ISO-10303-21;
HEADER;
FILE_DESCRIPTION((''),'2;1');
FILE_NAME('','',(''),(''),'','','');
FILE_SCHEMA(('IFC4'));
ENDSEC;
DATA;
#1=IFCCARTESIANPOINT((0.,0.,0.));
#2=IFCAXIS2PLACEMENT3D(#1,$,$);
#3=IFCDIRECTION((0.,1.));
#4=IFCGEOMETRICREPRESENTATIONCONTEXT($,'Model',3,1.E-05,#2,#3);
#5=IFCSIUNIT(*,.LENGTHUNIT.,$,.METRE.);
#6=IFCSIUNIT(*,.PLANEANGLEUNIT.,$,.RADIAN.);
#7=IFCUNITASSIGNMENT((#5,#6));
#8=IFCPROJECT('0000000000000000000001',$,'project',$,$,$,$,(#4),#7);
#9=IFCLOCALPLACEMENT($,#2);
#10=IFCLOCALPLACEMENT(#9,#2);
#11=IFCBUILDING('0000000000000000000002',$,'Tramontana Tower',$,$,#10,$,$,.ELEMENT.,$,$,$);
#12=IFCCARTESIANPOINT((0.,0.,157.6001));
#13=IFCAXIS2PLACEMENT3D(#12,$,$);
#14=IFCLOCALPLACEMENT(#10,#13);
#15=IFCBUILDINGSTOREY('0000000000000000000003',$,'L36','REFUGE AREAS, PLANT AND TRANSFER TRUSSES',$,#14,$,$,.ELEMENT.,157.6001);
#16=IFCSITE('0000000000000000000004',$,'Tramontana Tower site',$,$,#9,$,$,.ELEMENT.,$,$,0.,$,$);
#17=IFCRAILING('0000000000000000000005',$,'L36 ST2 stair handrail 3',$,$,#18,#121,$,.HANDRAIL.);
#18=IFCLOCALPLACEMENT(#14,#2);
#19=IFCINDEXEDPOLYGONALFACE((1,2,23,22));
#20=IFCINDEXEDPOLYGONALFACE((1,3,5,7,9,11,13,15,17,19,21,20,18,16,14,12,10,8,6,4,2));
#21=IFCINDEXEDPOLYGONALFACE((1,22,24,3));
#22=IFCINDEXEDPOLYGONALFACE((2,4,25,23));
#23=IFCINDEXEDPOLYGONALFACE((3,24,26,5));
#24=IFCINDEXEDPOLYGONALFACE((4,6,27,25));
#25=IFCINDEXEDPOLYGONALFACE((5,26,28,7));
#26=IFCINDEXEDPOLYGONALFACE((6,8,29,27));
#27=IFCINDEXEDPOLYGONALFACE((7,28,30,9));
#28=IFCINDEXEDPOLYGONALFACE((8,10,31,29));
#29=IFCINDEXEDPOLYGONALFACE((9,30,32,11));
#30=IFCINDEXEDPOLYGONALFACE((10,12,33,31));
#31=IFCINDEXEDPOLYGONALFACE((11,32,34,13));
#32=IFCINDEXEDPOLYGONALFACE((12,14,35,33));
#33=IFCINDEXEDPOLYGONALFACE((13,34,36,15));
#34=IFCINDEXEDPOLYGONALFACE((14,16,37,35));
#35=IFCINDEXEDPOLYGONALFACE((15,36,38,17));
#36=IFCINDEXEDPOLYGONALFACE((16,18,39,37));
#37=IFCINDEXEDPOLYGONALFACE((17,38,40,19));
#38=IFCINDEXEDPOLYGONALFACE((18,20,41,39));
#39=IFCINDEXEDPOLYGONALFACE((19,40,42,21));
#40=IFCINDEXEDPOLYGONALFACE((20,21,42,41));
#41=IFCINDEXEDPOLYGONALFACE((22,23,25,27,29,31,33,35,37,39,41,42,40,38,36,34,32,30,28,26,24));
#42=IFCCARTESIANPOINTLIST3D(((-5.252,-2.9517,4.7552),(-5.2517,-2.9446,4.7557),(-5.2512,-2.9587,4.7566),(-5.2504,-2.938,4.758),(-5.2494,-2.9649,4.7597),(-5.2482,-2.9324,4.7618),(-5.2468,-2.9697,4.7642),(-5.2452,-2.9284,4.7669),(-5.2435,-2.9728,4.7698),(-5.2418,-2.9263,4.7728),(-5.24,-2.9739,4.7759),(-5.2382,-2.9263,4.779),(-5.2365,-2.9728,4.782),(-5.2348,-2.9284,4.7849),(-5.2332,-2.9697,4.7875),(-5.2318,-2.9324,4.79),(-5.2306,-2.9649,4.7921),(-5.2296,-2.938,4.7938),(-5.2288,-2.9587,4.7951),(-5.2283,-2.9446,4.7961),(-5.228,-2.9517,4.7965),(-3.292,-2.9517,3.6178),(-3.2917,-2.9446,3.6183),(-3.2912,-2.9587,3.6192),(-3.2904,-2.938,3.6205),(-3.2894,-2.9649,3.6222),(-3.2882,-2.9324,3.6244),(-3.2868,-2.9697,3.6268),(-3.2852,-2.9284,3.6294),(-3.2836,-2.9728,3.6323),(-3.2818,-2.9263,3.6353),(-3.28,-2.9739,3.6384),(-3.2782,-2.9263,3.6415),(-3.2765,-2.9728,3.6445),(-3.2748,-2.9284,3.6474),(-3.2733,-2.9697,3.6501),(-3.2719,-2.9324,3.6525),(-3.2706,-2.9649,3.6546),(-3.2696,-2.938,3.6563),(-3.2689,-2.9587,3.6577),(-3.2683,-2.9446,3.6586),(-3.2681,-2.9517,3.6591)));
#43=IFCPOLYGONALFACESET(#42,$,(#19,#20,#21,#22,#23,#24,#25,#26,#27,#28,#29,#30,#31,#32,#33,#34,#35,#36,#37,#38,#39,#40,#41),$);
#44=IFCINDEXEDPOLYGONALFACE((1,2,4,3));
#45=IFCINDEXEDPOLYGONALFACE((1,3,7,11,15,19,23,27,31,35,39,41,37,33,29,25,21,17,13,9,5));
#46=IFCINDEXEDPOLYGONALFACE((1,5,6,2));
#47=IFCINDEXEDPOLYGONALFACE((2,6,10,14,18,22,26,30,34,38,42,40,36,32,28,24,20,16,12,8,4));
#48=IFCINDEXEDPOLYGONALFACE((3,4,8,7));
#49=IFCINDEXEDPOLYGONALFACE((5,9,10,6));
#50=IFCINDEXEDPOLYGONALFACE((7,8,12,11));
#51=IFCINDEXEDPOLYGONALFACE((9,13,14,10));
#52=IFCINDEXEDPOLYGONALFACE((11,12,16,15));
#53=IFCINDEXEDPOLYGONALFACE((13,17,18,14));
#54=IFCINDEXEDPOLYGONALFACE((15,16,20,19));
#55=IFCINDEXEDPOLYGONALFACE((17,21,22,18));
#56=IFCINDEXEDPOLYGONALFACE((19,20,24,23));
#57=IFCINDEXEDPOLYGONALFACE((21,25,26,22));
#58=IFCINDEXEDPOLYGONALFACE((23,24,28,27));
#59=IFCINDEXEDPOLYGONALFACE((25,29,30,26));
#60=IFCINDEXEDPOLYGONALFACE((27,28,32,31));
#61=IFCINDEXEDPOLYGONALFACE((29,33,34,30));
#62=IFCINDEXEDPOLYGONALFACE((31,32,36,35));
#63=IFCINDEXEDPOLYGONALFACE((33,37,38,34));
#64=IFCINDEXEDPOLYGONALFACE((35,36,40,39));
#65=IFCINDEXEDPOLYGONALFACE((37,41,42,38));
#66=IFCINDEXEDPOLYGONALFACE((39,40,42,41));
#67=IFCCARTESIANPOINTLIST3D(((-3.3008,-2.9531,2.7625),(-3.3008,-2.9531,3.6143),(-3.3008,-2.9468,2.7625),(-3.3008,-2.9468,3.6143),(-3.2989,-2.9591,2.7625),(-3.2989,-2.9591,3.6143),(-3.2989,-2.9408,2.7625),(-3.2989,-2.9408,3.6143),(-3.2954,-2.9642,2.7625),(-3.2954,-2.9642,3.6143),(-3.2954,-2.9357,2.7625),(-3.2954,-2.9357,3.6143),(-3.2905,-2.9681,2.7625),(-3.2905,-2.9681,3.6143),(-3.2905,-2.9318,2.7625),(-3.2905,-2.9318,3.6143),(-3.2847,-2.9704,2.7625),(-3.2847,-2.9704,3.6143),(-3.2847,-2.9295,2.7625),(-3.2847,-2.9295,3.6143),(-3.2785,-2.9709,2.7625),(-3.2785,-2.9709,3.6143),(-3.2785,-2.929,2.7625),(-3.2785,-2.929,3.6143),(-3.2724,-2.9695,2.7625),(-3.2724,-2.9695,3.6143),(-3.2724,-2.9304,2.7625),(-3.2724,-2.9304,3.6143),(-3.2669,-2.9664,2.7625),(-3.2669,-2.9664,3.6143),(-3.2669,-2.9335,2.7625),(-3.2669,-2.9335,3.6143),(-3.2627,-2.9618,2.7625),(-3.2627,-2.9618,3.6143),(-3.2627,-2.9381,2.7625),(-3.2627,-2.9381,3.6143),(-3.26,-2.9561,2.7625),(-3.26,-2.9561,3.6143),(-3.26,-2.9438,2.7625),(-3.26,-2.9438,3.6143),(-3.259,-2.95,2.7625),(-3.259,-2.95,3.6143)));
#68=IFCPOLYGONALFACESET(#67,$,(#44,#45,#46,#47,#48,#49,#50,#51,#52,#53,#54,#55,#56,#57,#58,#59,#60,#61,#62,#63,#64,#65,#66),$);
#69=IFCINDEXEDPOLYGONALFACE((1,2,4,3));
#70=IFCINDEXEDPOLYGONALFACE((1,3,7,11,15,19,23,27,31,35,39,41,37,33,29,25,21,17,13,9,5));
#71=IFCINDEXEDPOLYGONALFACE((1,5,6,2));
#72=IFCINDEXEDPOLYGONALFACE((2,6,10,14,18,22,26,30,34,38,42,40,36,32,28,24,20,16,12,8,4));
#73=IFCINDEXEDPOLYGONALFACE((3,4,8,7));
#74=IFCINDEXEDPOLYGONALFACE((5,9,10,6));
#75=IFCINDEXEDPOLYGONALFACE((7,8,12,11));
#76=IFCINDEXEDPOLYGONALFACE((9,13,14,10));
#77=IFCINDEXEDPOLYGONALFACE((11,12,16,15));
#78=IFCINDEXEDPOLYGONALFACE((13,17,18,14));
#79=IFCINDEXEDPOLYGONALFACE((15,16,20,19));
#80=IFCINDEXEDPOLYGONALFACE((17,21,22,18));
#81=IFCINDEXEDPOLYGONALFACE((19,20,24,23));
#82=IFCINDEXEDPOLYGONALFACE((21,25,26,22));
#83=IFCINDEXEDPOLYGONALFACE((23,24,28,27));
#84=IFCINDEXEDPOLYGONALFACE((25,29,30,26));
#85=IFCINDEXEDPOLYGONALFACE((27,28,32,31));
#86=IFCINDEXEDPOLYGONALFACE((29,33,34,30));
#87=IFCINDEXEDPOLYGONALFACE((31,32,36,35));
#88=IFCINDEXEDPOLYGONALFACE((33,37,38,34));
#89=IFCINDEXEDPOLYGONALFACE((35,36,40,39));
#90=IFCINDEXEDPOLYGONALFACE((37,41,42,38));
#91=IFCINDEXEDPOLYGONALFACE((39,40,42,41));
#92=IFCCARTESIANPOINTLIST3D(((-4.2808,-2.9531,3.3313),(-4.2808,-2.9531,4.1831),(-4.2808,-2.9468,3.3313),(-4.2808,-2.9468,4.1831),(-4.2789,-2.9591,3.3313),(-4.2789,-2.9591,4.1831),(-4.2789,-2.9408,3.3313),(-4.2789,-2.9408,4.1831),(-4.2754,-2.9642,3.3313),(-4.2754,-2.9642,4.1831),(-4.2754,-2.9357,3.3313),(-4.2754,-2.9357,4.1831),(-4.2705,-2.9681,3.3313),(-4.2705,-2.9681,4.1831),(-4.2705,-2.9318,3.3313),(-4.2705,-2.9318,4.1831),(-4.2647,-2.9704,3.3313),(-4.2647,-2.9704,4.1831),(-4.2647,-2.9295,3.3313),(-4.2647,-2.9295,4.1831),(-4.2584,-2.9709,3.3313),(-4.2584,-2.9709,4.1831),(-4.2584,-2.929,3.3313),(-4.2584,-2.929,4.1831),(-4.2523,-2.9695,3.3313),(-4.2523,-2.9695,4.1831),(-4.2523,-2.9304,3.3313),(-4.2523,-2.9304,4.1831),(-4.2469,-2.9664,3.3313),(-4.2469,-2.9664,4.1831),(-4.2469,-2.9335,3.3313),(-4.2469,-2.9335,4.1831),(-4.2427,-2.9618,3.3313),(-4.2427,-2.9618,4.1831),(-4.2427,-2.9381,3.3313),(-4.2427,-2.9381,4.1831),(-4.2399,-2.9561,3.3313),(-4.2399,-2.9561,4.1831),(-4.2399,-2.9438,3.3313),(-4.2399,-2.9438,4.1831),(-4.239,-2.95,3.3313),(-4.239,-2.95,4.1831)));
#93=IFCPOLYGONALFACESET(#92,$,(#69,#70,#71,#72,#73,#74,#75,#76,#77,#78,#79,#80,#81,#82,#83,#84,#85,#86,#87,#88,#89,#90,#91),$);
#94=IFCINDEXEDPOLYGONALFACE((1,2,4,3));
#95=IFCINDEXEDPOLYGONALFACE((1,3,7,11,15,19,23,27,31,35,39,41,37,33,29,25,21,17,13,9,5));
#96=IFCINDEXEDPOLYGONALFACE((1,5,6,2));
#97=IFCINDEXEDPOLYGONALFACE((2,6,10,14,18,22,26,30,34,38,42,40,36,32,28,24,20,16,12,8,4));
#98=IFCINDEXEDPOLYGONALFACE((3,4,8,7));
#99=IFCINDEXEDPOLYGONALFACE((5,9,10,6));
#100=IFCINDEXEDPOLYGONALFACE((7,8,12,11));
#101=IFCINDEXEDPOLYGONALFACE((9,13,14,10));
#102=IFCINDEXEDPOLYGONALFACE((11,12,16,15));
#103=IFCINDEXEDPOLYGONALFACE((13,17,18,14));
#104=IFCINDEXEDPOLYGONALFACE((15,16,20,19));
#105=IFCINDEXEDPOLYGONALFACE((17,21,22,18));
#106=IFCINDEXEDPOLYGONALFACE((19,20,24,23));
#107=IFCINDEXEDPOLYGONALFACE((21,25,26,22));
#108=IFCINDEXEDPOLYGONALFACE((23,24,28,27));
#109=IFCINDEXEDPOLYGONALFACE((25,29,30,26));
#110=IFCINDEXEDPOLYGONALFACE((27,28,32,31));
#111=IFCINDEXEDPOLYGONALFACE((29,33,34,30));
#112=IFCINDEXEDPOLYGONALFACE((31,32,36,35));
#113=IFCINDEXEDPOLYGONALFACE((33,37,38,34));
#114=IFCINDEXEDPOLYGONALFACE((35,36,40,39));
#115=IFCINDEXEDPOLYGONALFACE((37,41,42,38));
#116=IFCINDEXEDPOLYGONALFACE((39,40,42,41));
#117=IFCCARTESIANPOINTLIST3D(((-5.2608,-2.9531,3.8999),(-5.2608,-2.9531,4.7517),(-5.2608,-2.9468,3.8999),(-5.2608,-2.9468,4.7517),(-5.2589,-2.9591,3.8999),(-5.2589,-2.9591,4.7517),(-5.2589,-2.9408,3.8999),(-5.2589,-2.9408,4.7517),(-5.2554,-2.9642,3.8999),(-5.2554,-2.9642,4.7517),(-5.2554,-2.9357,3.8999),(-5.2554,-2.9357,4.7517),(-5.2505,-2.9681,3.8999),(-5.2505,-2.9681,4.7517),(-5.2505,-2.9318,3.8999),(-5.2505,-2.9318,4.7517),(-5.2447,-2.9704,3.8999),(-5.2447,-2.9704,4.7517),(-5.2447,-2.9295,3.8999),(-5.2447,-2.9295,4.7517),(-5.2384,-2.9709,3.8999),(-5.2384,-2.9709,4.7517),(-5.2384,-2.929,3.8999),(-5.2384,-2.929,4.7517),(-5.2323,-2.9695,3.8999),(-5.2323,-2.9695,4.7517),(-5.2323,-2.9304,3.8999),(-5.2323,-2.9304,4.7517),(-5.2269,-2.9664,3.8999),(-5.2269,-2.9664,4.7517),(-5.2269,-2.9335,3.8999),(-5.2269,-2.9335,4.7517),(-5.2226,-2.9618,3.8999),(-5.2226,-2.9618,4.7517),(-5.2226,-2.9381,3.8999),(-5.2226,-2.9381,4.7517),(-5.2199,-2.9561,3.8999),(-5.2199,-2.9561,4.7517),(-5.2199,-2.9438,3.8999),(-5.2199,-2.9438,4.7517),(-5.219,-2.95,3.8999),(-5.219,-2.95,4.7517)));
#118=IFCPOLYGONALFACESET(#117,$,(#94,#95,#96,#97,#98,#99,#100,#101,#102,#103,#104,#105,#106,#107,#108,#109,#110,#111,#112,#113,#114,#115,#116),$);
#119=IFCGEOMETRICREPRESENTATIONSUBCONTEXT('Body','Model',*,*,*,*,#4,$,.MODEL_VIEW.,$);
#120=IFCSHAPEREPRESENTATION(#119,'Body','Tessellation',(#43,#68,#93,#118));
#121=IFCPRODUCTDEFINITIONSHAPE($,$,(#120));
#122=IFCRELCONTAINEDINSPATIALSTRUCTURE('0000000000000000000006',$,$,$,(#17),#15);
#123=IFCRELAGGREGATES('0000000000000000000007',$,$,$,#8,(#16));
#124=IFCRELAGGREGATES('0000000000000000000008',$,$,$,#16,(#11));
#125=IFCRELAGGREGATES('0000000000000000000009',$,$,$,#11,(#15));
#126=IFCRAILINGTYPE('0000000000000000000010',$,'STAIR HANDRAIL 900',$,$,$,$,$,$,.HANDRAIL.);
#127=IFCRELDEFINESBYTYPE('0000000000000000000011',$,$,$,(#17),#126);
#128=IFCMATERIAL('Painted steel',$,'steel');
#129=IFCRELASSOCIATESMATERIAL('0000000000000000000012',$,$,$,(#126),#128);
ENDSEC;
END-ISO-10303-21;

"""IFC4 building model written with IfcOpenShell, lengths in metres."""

from ifc_helpers import new_model, si_unit, direction, frame, origin, origin_2d, place, context, subcontext, project, spatial, circle, extrude, material, type_object, element, save


model = new_model("IFC4")

# Units and contexts
model_context = context("Model", 3, precision=1e-05, world=origin(), true_north=direction((0.0, 1.0)))
body_context = subcontext(model_context, "Body", "Model", "MODEL_VIEW")
ifc_project = project(units=[si_unit("LENGTHUNIT", "METRE"), si_unit("PLANEANGLEUNIT", "RADIAN")], contexts=[model_context])

# Site, building, storey
site_placement = place(None, origin())
site = spatial("IfcSite", under=ifc_project, at=site_placement, Name="Tramontana Tower site", CompositionType="ELEMENT", RefElevation=0.0)
building_placement = place(site_placement, origin())
building = spatial("IfcBuilding", under=site, at=building_placement, Name="Tramontana Tower", CompositionType="ELEMENT")
storey_placement = place(building_placement, frame((0.0, 0.0, 157.6001)))
storey = spatial("IfcBuildingStorey", under=building, at=storey_placement, Name="L36", Description="REFUGE AREAS, PLANT AND TRANSFER TRUSSES", CompositionType="ELEMENT", Elevation=157.6001)

# Railing
ifc_material_1 = material(Name="Painted steel", Category="steel")
railing_type_1 = type_object("IfcRailingType", Name="STAIR HANDRAIL 900", PredefinedType="HANDRAIL", material=ifc_material_1)
railing_1_placement = place(storey_placement, frame((-3.28, -2.95, 2.7625)))
element("IfcRailing", 1, at=railing_1_placement, inside=storey, type_object=railing_type_1, Name="L36 ST2 stair handrail 3", PredefinedType="HANDRAIL", context=body_context, shape_type="SweptSolid", body=[
    extrude(circle(Radius=0.0239, at=origin_2d()), frame((0.0, 0.0, 0.876), z_axis=(-0.864902, 0.0, 0.501941), x_axis=(0.0, -1.0, 0.0)), (0.0, 0.0, 1.0), 2.2661),
    extrude(circle(Radius=0.021, at=origin_2d()), origin(), (0.0, 0.0, 1.0), 0.8518),
    extrude(circle(Radius=0.021, at=origin_2d()), frame((-0.98, 0.0, 0.5688)), (0.0, 0.0, 1.0), 0.8518),
    extrude(circle(Radius=0.021, at=origin_2d()), frame((-1.96, 0.0, 1.1375)), (0.0, 0.0, 1.0), 0.8518),
])

save(model, "model.ifc")
